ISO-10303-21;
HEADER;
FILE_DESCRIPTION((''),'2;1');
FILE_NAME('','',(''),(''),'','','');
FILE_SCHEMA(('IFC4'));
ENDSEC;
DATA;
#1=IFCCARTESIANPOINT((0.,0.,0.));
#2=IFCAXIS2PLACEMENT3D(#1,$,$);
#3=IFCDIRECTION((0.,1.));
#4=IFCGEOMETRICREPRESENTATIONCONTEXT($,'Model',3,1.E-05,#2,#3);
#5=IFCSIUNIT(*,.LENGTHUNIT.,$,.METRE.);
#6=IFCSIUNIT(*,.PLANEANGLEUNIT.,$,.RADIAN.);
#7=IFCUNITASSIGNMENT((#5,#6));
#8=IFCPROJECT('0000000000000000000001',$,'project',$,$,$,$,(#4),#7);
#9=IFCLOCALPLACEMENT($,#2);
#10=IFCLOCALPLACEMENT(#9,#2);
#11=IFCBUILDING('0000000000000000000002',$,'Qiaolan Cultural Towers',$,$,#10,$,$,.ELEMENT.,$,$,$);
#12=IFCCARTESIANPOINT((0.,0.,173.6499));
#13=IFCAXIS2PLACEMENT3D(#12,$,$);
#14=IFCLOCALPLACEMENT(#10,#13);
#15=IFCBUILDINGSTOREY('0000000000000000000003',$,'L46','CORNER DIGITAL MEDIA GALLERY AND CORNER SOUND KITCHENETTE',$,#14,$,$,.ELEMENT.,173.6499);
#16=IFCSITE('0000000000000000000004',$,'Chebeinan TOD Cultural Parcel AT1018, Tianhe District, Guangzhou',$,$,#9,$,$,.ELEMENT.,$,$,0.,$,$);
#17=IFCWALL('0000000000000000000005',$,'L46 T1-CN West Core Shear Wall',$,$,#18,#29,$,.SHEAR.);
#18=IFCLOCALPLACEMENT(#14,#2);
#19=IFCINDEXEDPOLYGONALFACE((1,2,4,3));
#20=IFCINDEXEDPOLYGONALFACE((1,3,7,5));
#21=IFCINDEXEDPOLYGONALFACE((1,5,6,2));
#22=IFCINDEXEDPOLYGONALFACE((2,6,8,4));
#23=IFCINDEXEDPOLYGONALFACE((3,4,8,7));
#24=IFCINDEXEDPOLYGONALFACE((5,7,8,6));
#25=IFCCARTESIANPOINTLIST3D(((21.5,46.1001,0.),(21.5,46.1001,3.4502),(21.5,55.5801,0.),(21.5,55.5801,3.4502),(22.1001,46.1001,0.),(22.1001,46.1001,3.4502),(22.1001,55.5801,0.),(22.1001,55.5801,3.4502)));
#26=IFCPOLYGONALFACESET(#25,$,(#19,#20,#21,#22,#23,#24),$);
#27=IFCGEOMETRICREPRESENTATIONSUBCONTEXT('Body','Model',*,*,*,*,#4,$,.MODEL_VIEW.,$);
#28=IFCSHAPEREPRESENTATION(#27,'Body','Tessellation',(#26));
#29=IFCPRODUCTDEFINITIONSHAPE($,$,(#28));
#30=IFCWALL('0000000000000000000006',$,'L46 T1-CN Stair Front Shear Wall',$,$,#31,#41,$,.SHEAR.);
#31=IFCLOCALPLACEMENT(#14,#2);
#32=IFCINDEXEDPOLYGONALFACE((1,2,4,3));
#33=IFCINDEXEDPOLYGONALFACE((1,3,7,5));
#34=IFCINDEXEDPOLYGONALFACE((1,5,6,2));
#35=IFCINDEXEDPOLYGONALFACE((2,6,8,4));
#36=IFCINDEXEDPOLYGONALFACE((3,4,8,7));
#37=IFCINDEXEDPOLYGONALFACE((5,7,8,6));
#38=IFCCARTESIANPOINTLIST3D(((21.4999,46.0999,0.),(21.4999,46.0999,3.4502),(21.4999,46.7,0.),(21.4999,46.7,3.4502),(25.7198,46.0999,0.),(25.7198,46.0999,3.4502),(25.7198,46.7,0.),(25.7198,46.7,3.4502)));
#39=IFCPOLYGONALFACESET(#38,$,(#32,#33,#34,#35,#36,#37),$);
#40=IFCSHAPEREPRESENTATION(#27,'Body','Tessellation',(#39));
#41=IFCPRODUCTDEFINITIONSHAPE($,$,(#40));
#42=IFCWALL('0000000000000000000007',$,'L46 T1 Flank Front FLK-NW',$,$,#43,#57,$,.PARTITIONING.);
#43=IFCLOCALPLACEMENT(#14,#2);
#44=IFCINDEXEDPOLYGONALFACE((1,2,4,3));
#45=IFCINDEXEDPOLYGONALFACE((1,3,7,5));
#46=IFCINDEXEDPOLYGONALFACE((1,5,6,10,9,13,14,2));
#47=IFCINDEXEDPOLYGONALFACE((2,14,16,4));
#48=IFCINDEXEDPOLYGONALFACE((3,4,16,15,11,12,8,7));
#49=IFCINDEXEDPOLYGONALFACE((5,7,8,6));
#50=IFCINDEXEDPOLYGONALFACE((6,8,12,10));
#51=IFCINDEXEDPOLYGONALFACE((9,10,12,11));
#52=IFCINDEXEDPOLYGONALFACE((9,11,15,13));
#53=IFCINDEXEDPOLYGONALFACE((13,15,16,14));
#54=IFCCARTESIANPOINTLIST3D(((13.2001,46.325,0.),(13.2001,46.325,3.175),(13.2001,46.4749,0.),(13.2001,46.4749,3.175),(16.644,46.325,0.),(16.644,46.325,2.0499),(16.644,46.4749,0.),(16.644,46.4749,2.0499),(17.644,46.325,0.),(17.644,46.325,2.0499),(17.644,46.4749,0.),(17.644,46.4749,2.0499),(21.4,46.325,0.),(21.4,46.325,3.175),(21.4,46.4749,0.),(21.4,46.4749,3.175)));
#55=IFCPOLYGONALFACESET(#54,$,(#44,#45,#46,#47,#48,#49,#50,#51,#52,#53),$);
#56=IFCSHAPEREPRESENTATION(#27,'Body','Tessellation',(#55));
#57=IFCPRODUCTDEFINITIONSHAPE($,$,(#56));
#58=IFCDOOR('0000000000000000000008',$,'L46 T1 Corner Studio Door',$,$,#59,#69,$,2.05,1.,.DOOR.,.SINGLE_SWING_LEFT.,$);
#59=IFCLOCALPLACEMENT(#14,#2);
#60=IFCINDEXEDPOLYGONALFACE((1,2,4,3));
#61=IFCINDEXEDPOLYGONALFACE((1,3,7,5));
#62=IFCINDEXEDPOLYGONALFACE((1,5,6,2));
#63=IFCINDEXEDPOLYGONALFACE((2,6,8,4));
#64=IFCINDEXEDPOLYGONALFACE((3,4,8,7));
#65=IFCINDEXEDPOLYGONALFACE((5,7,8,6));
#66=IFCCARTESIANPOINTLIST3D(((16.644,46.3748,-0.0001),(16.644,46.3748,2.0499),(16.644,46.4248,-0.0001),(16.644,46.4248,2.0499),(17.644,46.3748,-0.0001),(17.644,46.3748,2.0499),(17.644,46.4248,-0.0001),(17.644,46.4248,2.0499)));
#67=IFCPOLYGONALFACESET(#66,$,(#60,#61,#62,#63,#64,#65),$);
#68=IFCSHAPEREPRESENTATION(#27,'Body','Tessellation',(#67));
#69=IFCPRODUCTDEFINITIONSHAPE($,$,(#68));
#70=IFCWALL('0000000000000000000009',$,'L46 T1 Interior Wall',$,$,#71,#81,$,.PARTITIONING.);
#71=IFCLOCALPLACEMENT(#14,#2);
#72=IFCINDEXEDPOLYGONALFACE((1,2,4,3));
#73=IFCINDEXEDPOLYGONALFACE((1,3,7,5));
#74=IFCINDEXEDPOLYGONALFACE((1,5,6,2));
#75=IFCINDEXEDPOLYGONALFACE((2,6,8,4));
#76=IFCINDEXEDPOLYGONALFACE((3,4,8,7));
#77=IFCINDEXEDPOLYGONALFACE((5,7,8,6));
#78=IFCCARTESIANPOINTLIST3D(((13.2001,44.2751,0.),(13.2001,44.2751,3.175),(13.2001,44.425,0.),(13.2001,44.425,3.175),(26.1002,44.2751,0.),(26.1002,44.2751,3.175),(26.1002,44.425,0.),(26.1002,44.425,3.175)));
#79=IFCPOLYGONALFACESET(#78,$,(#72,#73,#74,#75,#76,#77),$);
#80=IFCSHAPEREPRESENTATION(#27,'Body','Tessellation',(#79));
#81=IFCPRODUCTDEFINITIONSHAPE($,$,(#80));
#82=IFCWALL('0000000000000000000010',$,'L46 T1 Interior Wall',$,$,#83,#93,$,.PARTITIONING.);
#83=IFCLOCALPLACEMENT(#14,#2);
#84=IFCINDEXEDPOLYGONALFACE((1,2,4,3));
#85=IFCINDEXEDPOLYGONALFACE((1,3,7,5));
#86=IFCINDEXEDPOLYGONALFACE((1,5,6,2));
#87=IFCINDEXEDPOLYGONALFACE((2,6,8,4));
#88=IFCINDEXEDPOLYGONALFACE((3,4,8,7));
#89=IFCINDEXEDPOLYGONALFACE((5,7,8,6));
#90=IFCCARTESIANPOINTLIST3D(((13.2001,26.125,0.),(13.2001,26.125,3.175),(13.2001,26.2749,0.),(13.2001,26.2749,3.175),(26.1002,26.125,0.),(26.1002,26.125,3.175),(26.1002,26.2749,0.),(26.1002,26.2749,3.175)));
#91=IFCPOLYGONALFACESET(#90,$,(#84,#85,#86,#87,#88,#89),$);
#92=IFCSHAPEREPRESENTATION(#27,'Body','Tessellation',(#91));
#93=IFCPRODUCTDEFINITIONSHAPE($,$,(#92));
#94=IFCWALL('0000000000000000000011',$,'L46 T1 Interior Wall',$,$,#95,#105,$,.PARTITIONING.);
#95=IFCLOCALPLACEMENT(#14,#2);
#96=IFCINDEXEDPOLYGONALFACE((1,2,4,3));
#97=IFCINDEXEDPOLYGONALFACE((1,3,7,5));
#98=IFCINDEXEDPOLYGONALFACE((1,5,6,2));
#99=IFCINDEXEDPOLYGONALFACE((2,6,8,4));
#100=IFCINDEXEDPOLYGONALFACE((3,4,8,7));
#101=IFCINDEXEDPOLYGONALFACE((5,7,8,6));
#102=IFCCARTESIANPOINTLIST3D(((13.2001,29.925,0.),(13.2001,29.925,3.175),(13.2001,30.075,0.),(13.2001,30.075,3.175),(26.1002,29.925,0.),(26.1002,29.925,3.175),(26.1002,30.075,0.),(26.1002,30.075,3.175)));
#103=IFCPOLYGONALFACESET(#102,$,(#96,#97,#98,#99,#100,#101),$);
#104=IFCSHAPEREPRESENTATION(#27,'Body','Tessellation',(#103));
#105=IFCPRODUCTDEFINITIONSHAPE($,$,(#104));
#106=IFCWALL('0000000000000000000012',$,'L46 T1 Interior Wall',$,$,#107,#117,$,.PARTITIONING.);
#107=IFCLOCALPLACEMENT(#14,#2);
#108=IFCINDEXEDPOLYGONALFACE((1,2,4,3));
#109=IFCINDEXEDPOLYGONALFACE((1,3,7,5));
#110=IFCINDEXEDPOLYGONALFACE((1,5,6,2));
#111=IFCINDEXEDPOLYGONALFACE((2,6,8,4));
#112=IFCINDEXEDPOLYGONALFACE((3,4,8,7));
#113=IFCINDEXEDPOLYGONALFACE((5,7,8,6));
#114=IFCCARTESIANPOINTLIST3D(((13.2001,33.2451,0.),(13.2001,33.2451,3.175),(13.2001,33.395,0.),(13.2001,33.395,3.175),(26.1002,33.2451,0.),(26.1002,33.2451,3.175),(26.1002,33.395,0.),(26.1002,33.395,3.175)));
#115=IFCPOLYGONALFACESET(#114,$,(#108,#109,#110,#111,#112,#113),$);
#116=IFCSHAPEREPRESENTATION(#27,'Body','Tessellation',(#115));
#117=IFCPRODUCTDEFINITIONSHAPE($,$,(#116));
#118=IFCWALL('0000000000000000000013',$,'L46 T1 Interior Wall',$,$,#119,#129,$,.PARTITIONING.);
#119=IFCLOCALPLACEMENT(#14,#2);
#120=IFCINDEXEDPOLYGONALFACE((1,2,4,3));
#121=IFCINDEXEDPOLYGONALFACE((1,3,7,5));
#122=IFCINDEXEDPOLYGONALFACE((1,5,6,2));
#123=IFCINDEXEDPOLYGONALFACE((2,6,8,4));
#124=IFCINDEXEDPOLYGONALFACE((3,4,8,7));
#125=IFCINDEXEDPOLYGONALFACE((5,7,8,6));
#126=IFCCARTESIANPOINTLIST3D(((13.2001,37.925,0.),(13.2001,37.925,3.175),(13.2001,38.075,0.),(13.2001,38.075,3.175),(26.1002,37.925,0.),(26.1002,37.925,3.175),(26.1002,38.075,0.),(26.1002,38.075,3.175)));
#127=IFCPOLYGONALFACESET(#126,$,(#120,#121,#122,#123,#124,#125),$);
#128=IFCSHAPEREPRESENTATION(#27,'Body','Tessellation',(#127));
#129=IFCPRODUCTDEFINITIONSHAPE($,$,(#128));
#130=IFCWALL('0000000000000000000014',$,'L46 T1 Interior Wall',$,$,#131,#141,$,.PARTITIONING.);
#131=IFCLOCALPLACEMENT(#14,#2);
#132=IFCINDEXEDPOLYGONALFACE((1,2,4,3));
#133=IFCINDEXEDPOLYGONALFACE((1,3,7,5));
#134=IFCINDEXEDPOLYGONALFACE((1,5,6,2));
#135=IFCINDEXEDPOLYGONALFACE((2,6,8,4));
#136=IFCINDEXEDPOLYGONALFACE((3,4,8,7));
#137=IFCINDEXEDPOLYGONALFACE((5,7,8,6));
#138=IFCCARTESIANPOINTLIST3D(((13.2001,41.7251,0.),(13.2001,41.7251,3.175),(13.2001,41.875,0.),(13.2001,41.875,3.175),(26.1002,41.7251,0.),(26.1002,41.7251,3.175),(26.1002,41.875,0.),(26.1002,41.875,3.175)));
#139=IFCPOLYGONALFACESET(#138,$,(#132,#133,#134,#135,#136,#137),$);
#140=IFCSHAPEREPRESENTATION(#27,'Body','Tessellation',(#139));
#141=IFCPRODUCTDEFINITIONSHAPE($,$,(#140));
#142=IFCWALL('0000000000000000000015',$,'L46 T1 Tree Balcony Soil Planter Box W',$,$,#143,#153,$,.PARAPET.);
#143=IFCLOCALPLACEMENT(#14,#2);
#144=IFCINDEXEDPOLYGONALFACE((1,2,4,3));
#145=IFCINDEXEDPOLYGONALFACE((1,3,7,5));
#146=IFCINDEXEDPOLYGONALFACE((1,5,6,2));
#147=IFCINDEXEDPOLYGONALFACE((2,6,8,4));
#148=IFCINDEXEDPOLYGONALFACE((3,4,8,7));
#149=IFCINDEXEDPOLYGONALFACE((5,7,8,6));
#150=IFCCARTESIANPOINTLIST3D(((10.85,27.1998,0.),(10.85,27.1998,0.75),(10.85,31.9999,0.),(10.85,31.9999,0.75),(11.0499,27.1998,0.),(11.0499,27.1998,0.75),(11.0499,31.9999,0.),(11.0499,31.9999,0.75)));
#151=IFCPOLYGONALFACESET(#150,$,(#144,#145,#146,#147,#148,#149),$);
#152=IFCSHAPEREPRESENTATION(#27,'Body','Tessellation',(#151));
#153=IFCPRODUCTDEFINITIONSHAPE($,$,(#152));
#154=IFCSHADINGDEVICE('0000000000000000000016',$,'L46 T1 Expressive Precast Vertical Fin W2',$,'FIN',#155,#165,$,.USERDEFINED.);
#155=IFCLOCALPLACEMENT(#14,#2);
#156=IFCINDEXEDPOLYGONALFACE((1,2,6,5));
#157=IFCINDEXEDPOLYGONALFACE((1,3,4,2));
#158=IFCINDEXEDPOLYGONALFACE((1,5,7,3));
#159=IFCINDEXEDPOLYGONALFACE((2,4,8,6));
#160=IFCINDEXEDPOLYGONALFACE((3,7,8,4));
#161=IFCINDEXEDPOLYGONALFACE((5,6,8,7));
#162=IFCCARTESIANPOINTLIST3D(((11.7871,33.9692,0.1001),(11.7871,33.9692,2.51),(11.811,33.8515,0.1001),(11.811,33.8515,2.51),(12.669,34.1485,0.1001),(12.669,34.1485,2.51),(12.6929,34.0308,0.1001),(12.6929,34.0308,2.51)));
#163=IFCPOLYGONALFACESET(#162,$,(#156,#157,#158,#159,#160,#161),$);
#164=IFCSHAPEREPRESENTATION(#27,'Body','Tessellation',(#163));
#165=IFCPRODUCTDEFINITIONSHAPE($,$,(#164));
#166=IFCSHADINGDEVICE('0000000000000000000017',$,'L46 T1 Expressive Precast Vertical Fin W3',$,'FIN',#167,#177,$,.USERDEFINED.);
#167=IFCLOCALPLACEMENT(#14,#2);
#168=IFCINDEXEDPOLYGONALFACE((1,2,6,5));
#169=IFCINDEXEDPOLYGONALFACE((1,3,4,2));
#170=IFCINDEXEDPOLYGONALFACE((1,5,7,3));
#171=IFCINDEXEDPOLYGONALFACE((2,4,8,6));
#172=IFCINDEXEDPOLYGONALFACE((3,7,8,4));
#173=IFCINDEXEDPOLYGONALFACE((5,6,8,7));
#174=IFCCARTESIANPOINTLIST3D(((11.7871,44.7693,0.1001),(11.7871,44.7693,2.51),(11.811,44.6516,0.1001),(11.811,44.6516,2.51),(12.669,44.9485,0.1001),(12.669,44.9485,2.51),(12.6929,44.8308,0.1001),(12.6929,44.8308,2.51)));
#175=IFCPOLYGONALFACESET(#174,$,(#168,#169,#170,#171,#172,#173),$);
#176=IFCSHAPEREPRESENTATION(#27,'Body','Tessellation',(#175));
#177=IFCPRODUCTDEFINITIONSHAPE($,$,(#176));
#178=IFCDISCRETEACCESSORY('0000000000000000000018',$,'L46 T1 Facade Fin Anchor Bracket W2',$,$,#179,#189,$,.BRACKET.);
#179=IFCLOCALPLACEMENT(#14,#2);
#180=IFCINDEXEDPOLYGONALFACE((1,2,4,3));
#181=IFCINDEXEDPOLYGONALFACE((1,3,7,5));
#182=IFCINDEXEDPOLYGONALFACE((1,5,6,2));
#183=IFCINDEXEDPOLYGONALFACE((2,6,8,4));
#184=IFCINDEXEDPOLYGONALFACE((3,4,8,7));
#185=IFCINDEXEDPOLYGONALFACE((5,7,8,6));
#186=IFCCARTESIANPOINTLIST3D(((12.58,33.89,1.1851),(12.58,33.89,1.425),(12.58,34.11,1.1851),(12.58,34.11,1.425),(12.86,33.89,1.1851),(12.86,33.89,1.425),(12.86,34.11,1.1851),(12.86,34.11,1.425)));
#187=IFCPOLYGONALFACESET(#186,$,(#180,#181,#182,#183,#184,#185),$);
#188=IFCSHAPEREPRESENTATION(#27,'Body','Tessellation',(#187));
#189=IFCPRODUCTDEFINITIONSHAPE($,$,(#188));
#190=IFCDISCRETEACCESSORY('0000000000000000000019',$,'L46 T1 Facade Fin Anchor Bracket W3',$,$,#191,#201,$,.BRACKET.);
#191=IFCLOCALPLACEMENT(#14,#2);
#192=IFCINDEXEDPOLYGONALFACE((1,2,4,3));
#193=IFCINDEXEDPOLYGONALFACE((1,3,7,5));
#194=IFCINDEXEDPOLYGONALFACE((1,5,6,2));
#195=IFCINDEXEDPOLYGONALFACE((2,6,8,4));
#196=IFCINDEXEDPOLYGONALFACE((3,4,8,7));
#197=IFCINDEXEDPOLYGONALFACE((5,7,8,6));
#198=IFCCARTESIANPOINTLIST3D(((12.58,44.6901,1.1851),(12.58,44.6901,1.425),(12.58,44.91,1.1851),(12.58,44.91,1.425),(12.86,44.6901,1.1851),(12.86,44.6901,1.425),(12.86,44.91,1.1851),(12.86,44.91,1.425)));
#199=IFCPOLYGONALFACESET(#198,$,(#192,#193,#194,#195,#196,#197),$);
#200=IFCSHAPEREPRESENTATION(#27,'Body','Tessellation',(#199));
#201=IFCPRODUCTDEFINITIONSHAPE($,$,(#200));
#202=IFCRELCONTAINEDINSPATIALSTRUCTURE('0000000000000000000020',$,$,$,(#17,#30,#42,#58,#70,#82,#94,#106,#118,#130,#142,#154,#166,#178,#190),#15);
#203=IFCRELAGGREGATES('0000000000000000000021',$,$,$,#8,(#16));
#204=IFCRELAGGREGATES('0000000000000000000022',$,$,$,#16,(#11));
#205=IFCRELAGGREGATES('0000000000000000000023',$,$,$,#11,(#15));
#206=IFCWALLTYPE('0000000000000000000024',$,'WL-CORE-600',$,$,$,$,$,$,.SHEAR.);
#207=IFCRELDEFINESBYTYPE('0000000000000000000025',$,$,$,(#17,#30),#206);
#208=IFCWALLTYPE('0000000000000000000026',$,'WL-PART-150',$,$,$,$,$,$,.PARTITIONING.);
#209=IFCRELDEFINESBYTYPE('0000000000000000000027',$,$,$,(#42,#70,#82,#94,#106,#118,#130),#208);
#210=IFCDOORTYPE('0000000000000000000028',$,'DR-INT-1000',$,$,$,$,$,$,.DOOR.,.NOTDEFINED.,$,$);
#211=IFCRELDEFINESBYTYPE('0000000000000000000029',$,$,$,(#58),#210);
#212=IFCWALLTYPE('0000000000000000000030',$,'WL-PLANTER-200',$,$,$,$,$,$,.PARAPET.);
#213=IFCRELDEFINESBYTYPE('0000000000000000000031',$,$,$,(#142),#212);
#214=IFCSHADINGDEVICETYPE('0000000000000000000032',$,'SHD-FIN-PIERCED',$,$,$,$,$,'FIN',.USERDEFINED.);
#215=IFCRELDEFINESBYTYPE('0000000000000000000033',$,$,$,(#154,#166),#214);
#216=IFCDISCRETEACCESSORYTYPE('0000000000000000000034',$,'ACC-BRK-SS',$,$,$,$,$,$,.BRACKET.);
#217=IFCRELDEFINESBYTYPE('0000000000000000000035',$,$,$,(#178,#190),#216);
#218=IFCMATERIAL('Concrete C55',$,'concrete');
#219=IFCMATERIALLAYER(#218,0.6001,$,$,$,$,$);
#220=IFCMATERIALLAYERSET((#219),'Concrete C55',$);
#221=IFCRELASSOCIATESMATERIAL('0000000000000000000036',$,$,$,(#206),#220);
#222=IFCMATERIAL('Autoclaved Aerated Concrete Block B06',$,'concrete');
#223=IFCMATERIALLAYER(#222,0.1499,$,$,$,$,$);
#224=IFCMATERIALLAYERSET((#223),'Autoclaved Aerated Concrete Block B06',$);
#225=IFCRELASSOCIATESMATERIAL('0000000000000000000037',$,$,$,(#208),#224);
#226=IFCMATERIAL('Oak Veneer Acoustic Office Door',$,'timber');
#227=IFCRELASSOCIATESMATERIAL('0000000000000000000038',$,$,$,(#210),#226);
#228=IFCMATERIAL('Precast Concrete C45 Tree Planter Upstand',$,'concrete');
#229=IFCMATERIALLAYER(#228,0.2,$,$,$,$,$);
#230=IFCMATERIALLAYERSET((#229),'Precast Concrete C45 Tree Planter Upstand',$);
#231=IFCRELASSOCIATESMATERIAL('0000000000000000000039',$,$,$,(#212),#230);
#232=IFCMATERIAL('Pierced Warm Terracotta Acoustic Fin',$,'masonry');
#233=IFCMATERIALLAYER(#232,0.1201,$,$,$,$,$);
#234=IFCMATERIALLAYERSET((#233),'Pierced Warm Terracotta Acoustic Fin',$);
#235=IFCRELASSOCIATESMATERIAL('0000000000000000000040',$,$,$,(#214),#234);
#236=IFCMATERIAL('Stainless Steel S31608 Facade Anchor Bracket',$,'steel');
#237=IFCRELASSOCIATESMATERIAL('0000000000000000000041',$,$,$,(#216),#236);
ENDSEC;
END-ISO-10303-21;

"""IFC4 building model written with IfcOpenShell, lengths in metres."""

from ifc_helpers import new_model, si_unit, direction, frame, frame_2d, origin, origin_2d, place, context, subcontext, project, spatial, rectangle, extrude, material, layer, layer_set, type_object, element, fill, save


model = new_model("IFC4")

# Units and contexts
model_context = context("Model", 3, precision=1e-05, world=origin(), true_north=direction((0.0, 1.0)))
body_context = subcontext(model_context, "Body", "Model", "MODEL_VIEW")
ifc_project = project(units=[si_unit("LENGTHUNIT", "METRE"), si_unit("PLANEANGLEUNIT", "RADIAN")], contexts=[model_context])

# Site, building, storey
site_placement = place(None, origin())
site = spatial("IfcSite", under=ifc_project, at=site_placement, Name="Chebeinan TOD Cultural Parcel AT1018, Tianhe District, Guangzhou", CompositionType="ELEMENT", RefElevation=0.0)
building_placement = place(site_placement, origin())
building = spatial("IfcBuilding", under=site, at=building_placement, Name="Qiaolan Cultural Towers", CompositionType="ELEMENT")
storey_placement = place(building_placement, frame((0.0, 0.0, 173.6499)))
storey = spatial("IfcBuildingStorey", under=building, at=storey_placement, Name="L46", Description="CORNER DIGITAL MEDIA GALLERY AND CORNER SOUND KITCHENETTE", CompositionType="ELEMENT", Elevation=173.6499)

# Walls
ifc_material_1 = material(Name="Concrete C55", Category="concrete")
ifc_layer_1 = layer(ifc_material_1, 0.6001)
ifc_layer_set_1 = layer_set([ifc_layer_1], Name="Concrete C55")
wall_type_1 = type_object("IfcWallType", Name="WL-CORE-600", PredefinedType="SHEAR", material=ifc_layer_set_1)
wall_1_placement = place(storey_placement, frame((21.8, 46.1001, 0.0), z_axis=(0.0, 0.0, 1.0), x_axis=(0.0, 1.0, 0.0)))
element("IfcWall", 1, at=wall_1_placement, inside=storey, type_object=wall_type_1, Name="L46 T1-CN West Core Shear Wall", PredefinedType="SHEAR", context=body_context, shape_type="SweptSolid", body=[
    extrude(rectangle(XDim=9.48, YDim=0.6001, at=frame_2d((4.74, 0.0))), origin(), (0.0, 0.0, 1.0), 3.4502),
])
wall_2_placement = place(storey_placement, frame((21.5, 46.3999, 0.0), z_axis=(0.0, 0.0, 1.0), x_axis=(1.0, 0.0, 0.0)))
element("IfcWall", 2, at=wall_2_placement, inside=storey, type_object=wall_type_1, Name="L46 T1-CN Stair Front Shear Wall", PredefinedType="SHEAR", context=body_context, shape_type="SweptSolid", body=[
    extrude(rectangle(XDim=4.22, YDim=0.6001, at=frame_2d((2.1099, 0.0))), origin(), (0.0, 0.0, 1.0), 3.4502),
])

# Wall, opening, door
ifc_material_2 = material(Name="Autoclaved Aerated Concrete Block B06", Category="concrete")
ifc_layer_2 = layer(ifc_material_2, 0.1499)
ifc_layer_set_2 = layer_set([ifc_layer_2], Name="Autoclaved Aerated Concrete Block B06")
wall_type_2 = type_object("IfcWallType", Name="WL-PART-150", PredefinedType="PARTITIONING", material=ifc_layer_set_2)
wall_3_placement = place(storey_placement, frame((13.2, 46.3999, 0.0), z_axis=(0.0, 0.0, 1.0), x_axis=(1.0, 0.0, 0.0)))
wall_3 = element("IfcWall", 3, at=wall_3_placement, inside=storey, type_object=wall_type_2, Name="L46 T1 Flank Front FLK-NW", PredefinedType="PARTITIONING", context=body_context, shape_type="SweptSolid", body=[
    extrude(rectangle(XDim=8.2, YDim=0.1499, at=frame_2d((4.1001, 0.0))), origin(), (0.0, 0.0, 1.0), 3.175),
])
opening_placement = place(wall_3_placement, frame((3.4441, 0.0, 0.0)))
opening = element("IfcOpeningElement", 4, at=opening_placement, cuts=wall_3, PredefinedType="OPENING", context=body_context, shape_type="SweptSolid", body=[
    extrude(rectangle(XDim=1.0, YDim=2.05, at=frame_2d((0.5, 1.0249))), frame((0.0, 0.085, 0.0), z_axis=(0.0, -1.0, 0.0), x_axis=(1.0, 0.0, 0.0)), (0.0, 0.0, 1.0), 0.1699),
])
ifc_material_3 = material(Name="Oak Veneer Acoustic Office Door", Category="timber")
door_type = type_object("IfcDoorType", Name="DR-INT-1000", OperationType="NOTDEFINED", PredefinedType="DOOR", material=ifc_material_3)
door_placement = place(opening_placement, origin())
door = element("IfcDoor", 5, at=door_placement, inside=storey, type_object=door_type, Name="L46 T1 Corner Studio Door", OperationType="SINGLE_SWING_LEFT", OverallHeight=2.05, OverallWidth=1.0, PredefinedType="DOOR", context=body_context, shape_type="SweptSolid", body=[
    extrude(rectangle(XDim=1.0, YDim=2.05, at=frame_2d((0.5, 1.0249))), frame((0.0, 0.0249, 0.0), z_axis=(0.0, -1.0, 0.0), x_axis=(1.0, 0.0, 0.0)), (0.0, 0.0, 1.0), 0.05),
])
fill(opening, door)

# Walls
for number, where, z_axis, x_axis, name in (
    (6, (13.2, 44.3501, 0.0), (0.0, 0.0, 1.0), (1.0, 0.0, 0.0), "L46 T1 Interior Wall"),
    (7, (13.2, 26.2, 0.0), (0.0, 0.0, 1.0), (1.0, 0.0, 0.0), "L46 T1 Interior Wall"),
    (8, (13.2, 30.0, 0.0), (0.0, 0.0, 1.0), (1.0, 0.0, 0.0), "L46 T1 Interior Wall"),
    (9, (13.2, 33.3201, 0.0), (0.0, 0.0, 1.0), (1.0, 0.0, 0.0), "L46 T1 Interior Wall"),
    (10, (13.2, 38.0, 0.0), (0.0, 0.0, 1.0), (1.0, 0.0, 0.0), "L46 T1 Interior Wall"),
    (11, (13.2, 41.8, 0.0), (0.0, 0.0, 1.0), (1.0, 0.0, 0.0), "L46 T1 Interior Wall"),
):
    element("IfcWall", number, at=place(storey_placement, frame(where, z_axis=z_axis, x_axis=x_axis)), inside=storey, type_object=wall_type_2, Name=name, PredefinedType="PARTITIONING", context=body_context, shape_type="SweptSolid", body=[
        extrude(rectangle(XDim=12.9001, YDim=0.1499, at=frame_2d((6.4502, 0.0))), origin(), (0.0, 0.0, 1.0), 3.175),
    ])
ifc_material_4 = material(Name="Precast Concrete C45 Tree Planter Upstand", Category="concrete")
ifc_layer_3 = layer(ifc_material_4, 0.2)
ifc_layer_set_3 = layer_set([ifc_layer_3], Name="Precast Concrete C45 Tree Planter Upstand")
wall_type_3 = type_object("IfcWallType", Name="WL-PLANTER-200", PredefinedType="PARAPET", material=ifc_layer_set_3)
wall_4_placement = place(storey_placement, frame((10.95, 27.2, 0.0), z_axis=(0.0, 0.0, 1.0), x_axis=(0.0, 1.0, 0.0)))
element("IfcWall", 12, at=wall_4_placement, inside=storey, type_object=wall_type_3, Name="L46 T1 Tree Balcony Soil Planter Box W", PredefinedType="PARAPET", context=body_context, shape_type="SweptSolid", body=[
    extrude(rectangle(XDim=4.8, YDim=0.2, at=frame_2d((2.3999, 0.0))), origin(), (0.0, 0.0, 1.0), 0.75),
])

# Shading devices
ifc_material_5 = material(Name="Pierced Warm Terracotta Acoustic Fin", Category="masonry")
ifc_layer_4 = layer(ifc_material_5, 0.1201)
ifc_layer_set_4 = layer_set([ifc_layer_4], Name="Pierced Warm Terracotta Acoustic Fin")
shading_device_type = type_object("IfcShadingDeviceType", Name="SHD-FIN-PIERCED", ElementType="FIN", PredefinedType="USERDEFINED", material=ifc_layer_set_4)
for number, where, z_axis, x_axis, name in (
    (13, (12.24, 34.0, 0.1001), (0.0, 0.0, 1.0), (0.979957, 0.199208, 0.0), "L46 T1 Expressive Precast Vertical Fin W2"),
    (14, (12.24, 44.8, 0.1001), (0.0, 0.0, 1.0), (0.979957, 0.199208, 0.0), "L46 T1 Expressive Precast Vertical Fin W3"),
):
    element("IfcShadingDevice", number, at=place(storey_placement, frame(where, z_axis=z_axis, x_axis=x_axis)), inside=storey, type_object=shading_device_type, Name=name, ObjectType="FIN", PredefinedType="USERDEFINED", context=body_context, shape_type="SweptSolid", body=[
        extrude(rectangle(XDim=0.8999, YDim=0.1201, at=origin_2d()), origin(), (0.0, 0.0, 1.0), 2.4099),
    ])

# Discrete accessories
ifc_material_6 = material(Name="Stainless Steel S31608 Facade Anchor Bracket", Category="steel")
discrete_accessory_type = type_object("IfcDiscreteAccessoryType", Name="ACC-BRK-SS", PredefinedType="BRACKET", material=ifc_material_6)
for number, where, z_axis, x_axis, name in (
    (15, (12.72, 34.0, 1.1851), (0.0, 0.0, 1.0), (1.0, 0.0, 0.0), "L46 T1 Facade Fin Anchor Bracket W2"),
    (16, (12.72, 44.8, 1.1851), (0.0, 0.0, 1.0), (1.0, 0.0, 0.0), "L46 T1 Facade Fin Anchor Bracket W3"),
):
    element("IfcDiscreteAccessory", number, at=place(storey_placement, frame(where, z_axis=z_axis, x_axis=x_axis)), inside=storey, type_object=discrete_accessory_type, Name=name, PredefinedType="BRACKET", context=body_context, shape_type="SweptSolid", body=[
        extrude(rectangle(XDim=0.28, YDim=0.22, at=origin_2d()), origin(), (0.0, 0.0, 1.0), 0.24),
    ])

save(model, "model.ifc")
